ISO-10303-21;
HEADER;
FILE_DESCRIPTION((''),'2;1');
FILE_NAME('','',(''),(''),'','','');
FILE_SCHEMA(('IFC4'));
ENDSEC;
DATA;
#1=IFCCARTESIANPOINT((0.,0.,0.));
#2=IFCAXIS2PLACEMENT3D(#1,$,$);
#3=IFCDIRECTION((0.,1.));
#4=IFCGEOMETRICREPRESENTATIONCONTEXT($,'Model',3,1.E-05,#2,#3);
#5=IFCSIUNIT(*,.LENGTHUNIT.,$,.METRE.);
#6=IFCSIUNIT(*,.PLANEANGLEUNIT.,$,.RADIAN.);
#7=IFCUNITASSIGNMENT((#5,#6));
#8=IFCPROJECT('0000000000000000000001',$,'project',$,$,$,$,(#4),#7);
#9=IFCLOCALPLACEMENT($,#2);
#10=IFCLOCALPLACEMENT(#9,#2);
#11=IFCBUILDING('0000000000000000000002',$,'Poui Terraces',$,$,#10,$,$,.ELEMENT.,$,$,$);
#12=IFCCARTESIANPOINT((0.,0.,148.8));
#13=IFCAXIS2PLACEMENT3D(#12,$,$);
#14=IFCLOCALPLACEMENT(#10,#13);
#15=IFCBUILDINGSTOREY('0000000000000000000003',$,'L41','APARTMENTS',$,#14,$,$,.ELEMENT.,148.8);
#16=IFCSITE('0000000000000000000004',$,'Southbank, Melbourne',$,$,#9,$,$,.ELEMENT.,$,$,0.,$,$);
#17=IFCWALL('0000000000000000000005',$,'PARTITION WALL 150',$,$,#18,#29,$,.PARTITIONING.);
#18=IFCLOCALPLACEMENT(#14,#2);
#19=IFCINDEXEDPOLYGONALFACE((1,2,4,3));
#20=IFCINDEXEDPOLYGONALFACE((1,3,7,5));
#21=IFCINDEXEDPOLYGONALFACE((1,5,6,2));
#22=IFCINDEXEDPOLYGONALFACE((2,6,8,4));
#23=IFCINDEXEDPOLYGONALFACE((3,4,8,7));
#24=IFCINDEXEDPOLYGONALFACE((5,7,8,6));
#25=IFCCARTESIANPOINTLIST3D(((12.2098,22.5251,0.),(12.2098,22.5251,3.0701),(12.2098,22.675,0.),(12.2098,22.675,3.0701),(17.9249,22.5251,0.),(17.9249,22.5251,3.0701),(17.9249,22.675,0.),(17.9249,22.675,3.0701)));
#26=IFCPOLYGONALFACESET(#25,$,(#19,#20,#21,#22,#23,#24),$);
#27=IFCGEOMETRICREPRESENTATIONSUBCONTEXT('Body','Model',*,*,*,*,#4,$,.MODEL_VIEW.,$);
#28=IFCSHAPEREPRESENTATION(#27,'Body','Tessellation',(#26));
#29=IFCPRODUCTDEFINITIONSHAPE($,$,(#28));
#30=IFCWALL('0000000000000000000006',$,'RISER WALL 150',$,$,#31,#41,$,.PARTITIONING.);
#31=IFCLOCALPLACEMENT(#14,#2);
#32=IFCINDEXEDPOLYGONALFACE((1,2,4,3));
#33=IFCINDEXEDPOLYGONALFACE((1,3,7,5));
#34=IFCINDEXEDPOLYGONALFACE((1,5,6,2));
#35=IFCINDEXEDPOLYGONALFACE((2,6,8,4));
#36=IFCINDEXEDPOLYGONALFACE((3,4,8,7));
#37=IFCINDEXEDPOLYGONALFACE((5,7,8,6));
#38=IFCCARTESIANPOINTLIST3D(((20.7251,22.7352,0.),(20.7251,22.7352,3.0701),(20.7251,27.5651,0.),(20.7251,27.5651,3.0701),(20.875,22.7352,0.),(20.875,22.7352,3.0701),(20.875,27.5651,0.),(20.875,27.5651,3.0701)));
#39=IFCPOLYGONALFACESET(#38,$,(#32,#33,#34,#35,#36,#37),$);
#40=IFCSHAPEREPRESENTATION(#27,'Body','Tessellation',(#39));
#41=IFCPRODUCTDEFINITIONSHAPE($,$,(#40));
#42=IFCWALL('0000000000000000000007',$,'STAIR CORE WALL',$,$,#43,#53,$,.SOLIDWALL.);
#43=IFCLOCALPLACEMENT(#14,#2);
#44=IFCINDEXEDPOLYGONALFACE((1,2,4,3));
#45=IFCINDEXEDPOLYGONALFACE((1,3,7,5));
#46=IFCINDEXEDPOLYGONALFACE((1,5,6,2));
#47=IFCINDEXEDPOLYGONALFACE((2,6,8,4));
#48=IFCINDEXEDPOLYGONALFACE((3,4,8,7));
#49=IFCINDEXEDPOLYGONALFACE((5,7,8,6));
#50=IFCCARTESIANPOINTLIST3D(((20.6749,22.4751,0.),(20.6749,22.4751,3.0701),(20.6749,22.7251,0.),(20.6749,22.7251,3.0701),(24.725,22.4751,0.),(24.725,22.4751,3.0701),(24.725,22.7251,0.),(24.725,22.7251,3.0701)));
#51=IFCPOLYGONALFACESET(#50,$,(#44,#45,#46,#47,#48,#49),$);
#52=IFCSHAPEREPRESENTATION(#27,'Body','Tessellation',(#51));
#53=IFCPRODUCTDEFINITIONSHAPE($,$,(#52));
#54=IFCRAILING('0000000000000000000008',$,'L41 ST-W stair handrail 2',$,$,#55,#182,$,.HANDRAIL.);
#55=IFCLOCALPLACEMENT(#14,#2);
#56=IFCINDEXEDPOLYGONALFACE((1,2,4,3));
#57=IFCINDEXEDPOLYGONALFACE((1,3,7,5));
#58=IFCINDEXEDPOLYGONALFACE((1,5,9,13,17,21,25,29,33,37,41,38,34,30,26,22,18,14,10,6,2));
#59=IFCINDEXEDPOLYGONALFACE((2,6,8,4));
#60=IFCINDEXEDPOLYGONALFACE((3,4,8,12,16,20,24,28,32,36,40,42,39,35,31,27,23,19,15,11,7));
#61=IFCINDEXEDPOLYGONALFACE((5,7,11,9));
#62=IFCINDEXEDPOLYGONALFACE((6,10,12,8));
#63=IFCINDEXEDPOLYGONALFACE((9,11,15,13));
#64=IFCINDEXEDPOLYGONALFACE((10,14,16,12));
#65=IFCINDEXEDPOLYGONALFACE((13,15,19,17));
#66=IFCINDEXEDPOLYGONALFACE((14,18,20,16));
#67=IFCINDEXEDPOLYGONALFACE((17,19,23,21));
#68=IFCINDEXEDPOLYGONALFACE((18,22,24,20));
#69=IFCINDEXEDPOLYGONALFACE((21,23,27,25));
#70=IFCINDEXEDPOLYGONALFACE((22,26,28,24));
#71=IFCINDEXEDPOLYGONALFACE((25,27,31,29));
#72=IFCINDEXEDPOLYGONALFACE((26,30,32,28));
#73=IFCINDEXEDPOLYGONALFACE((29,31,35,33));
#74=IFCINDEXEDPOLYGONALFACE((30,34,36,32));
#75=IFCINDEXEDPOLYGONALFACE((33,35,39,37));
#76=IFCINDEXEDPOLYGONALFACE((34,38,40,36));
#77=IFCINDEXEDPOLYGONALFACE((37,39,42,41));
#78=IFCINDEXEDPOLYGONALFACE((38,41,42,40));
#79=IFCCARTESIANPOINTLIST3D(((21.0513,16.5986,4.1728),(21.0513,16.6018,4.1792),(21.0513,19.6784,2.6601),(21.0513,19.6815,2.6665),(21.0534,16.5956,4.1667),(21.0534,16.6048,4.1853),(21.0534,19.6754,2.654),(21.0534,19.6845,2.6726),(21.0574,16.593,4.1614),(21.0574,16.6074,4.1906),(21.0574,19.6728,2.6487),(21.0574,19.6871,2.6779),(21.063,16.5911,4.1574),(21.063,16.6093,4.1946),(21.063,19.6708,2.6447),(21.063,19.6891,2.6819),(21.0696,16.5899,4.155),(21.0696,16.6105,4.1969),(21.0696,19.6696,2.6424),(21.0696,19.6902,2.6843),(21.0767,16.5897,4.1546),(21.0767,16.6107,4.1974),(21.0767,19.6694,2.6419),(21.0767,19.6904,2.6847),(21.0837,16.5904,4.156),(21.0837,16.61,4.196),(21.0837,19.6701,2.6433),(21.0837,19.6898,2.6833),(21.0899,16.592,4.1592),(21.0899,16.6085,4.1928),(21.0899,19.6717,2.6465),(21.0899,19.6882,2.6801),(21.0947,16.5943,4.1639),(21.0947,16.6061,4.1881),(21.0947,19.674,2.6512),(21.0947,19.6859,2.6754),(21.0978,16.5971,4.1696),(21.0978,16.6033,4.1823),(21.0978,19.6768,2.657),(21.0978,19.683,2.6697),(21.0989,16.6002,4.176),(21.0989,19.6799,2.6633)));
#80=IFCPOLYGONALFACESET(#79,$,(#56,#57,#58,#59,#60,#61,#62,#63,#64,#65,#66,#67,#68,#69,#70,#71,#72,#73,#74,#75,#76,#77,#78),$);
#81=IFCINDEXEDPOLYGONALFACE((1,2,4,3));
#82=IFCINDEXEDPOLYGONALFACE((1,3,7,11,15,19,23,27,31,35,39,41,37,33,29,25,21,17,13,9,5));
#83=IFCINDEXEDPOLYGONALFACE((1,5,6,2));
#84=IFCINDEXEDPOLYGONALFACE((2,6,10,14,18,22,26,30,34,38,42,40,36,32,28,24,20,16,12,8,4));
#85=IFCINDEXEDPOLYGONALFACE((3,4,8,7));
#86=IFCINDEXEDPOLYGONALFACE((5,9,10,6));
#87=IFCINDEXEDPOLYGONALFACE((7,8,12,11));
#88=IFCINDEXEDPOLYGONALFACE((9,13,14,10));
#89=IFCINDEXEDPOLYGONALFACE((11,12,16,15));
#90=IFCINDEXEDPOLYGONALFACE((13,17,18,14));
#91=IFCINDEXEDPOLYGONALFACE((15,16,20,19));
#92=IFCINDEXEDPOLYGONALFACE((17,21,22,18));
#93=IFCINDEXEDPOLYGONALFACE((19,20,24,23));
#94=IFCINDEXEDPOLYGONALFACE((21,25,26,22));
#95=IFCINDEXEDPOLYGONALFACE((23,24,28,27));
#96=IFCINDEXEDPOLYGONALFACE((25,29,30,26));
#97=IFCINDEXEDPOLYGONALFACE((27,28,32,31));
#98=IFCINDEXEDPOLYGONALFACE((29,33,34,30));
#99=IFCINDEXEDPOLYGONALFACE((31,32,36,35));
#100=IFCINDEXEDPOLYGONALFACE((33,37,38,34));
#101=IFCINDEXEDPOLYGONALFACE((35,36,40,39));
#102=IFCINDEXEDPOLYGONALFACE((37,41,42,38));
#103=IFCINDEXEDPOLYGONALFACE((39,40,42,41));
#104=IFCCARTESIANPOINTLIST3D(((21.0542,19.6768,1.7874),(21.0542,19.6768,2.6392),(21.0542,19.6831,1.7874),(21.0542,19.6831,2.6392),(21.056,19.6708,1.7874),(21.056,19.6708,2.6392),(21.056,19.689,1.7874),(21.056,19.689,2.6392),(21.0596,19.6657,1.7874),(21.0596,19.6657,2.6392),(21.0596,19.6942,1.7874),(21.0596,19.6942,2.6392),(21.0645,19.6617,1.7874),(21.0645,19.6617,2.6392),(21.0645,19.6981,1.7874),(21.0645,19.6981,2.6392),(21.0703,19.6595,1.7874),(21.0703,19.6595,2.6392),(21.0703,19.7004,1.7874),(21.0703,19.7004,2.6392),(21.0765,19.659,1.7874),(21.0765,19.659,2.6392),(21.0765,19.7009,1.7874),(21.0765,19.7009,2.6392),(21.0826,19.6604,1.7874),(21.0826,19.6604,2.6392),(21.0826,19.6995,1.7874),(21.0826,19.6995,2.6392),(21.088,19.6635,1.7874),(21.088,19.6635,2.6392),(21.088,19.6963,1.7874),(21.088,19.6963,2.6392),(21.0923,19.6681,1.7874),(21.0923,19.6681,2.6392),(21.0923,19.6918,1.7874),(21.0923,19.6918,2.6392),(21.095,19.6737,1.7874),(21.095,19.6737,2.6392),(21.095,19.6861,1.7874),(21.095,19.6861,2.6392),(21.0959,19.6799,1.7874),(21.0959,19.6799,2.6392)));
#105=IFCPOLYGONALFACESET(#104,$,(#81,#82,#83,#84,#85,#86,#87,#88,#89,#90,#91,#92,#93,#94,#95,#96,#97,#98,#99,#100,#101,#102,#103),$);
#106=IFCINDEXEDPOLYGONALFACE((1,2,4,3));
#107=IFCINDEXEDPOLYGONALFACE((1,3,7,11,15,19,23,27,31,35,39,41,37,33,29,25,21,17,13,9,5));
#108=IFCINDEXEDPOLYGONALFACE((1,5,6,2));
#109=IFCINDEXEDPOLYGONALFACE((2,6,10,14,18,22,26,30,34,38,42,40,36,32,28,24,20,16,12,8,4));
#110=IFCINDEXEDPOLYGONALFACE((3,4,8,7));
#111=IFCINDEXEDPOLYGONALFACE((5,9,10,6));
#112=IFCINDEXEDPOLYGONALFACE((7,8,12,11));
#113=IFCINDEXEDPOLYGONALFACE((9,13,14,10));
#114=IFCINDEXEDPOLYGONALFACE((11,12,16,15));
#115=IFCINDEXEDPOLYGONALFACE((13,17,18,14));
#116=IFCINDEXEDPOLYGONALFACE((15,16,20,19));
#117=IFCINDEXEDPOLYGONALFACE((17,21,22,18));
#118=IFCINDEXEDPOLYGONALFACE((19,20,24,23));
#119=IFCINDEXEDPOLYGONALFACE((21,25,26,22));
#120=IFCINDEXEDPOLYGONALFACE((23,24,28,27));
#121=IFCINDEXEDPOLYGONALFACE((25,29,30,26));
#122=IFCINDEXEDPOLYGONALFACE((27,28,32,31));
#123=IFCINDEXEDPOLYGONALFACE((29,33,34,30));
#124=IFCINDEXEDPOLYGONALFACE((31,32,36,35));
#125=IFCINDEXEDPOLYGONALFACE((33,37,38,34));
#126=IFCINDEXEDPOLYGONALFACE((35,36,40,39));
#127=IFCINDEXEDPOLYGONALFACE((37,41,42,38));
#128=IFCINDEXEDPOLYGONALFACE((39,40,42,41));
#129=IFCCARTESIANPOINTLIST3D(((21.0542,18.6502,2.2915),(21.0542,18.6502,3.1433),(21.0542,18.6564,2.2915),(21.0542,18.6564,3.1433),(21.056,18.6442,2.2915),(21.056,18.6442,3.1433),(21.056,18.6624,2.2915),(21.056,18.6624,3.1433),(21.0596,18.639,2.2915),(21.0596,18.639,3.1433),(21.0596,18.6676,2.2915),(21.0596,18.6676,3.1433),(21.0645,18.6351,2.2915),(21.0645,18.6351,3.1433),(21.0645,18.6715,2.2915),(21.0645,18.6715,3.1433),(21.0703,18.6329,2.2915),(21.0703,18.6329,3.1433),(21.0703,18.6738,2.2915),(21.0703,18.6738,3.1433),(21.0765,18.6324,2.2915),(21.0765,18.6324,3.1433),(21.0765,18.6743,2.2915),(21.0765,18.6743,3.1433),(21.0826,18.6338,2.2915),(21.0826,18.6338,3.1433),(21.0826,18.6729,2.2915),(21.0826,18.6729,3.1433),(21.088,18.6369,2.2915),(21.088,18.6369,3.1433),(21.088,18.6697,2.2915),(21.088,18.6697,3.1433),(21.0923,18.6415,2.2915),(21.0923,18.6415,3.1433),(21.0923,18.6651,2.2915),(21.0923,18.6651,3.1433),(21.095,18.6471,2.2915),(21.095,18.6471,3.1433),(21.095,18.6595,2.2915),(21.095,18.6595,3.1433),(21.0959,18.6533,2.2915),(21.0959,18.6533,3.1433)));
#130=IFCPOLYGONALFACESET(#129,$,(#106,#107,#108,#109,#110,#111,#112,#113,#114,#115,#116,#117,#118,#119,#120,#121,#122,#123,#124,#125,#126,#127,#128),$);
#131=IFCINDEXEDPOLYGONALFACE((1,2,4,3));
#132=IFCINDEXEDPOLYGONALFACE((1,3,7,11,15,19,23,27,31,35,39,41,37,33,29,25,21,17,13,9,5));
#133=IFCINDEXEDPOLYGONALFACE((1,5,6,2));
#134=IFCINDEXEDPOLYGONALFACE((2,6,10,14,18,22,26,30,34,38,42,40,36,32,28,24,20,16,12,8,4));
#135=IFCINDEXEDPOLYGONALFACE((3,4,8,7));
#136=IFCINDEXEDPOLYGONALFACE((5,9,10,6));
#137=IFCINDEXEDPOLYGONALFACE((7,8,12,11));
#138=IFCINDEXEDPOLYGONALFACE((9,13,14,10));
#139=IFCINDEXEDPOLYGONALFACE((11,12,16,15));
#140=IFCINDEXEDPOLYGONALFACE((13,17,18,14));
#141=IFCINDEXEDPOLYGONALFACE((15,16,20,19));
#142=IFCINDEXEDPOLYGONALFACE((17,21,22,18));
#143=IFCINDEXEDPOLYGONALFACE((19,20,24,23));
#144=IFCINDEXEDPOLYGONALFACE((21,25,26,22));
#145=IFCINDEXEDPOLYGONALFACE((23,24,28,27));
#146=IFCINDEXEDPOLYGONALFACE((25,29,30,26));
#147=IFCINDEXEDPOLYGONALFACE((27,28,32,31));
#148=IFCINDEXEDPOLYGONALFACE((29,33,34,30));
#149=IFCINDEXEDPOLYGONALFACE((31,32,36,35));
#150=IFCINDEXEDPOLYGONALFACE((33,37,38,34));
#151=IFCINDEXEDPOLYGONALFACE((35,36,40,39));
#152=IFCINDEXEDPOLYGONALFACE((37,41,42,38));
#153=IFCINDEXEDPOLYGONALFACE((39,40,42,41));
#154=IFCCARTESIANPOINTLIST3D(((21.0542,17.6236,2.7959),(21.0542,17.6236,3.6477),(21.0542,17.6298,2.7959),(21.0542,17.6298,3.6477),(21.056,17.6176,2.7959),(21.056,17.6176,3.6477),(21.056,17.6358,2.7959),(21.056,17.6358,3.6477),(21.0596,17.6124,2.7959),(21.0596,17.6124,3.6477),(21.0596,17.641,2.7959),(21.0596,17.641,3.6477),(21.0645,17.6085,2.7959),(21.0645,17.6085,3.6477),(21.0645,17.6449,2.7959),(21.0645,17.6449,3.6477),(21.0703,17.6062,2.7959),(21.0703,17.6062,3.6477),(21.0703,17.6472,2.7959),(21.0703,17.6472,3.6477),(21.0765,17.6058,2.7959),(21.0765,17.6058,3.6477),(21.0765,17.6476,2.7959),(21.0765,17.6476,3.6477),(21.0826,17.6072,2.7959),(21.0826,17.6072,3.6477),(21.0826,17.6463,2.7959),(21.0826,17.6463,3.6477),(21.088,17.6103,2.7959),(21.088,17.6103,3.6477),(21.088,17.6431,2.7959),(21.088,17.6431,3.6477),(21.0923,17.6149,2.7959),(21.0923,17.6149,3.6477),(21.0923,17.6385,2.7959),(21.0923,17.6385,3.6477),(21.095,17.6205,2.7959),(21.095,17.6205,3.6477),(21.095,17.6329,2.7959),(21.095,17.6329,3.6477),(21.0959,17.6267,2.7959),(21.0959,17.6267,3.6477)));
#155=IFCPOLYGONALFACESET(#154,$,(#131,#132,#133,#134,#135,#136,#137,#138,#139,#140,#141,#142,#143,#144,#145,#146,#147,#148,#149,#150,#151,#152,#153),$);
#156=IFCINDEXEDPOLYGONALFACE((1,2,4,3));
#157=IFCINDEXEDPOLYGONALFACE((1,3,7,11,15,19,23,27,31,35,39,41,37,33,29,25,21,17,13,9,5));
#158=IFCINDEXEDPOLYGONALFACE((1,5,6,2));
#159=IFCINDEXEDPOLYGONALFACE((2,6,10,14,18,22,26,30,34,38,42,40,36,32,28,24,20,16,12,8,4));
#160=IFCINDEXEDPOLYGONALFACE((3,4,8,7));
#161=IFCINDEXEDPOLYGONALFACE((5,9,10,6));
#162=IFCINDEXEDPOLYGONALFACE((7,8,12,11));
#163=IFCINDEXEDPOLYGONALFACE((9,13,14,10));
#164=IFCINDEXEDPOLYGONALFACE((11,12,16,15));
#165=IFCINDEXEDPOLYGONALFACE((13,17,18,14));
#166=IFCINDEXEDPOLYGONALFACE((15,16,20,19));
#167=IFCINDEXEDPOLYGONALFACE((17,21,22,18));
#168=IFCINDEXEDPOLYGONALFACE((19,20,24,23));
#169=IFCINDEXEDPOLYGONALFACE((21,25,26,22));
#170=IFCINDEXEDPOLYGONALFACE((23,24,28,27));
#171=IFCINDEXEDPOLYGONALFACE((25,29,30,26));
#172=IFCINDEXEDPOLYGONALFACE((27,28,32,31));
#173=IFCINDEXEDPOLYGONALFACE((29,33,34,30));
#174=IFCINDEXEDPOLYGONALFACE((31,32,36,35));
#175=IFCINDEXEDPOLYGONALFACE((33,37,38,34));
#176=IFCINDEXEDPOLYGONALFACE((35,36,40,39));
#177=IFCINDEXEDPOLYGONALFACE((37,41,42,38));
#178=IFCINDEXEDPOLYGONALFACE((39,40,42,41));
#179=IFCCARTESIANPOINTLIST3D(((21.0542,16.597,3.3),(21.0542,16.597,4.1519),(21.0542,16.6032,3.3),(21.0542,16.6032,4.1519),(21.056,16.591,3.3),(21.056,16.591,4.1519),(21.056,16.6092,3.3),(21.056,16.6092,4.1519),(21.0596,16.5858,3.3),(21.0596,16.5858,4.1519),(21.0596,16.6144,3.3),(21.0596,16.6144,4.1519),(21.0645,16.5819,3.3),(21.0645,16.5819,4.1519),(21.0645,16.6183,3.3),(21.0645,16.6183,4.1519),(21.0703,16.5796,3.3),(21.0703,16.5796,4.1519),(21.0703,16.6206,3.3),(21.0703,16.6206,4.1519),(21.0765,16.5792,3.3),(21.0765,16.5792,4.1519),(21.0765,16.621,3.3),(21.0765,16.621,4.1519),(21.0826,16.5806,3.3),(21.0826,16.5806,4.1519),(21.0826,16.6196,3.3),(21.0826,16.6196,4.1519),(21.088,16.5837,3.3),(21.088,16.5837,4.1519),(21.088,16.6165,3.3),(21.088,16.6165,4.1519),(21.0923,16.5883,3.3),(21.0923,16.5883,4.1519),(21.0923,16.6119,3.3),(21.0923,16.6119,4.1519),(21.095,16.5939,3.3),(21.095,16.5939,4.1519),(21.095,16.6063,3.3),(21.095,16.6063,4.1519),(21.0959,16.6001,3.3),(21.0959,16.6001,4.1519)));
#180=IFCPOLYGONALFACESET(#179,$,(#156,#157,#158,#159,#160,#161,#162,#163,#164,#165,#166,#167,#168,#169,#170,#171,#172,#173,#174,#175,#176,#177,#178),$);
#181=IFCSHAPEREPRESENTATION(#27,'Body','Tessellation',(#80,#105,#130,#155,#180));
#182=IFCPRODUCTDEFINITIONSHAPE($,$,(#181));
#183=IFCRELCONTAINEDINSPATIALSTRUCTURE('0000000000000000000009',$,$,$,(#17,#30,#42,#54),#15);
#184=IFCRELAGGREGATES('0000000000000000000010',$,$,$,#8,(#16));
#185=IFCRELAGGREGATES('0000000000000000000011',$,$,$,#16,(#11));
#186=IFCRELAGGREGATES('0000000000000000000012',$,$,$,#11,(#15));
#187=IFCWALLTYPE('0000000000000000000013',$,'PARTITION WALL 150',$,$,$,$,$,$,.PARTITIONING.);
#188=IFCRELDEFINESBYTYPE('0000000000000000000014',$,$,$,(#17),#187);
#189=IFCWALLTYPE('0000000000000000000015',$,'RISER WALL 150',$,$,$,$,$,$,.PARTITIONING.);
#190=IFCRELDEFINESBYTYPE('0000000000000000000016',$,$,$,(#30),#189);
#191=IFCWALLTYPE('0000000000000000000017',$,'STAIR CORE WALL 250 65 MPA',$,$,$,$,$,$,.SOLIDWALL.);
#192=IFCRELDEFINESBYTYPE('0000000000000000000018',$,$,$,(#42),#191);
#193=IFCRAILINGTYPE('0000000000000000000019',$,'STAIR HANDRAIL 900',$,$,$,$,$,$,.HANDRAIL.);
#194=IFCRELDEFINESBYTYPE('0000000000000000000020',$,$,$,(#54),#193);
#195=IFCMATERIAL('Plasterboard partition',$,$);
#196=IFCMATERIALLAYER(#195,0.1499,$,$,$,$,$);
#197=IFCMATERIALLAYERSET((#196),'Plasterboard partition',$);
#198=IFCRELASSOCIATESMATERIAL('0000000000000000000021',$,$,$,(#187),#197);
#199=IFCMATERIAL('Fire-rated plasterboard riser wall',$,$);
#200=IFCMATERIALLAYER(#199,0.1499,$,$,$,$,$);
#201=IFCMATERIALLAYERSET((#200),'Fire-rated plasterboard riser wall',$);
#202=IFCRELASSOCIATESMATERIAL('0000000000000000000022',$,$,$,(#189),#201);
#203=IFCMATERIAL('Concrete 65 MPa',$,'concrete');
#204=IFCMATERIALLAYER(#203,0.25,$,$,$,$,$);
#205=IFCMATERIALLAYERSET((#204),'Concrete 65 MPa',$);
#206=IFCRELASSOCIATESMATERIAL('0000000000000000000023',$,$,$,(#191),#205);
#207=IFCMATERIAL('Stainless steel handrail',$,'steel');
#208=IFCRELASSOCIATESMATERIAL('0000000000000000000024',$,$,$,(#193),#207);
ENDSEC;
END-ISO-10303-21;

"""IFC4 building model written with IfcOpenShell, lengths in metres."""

from ifc_helpers import new_model, si_unit, direction, frame, frame_2d, origin, origin_2d, place, context, subcontext, project, spatial, rectangle, circle, extrude, material, layer, layer_set, type_object, element, save


model = new_model("IFC4")

# Units and contexts
model_context = context("Model", 3, precision=1e-05, world=origin(), true_north=direction((0.0, 1.0)))
body_context = subcontext(model_context, "Body", "Model", "MODEL_VIEW")
ifc_project = project(units=[si_unit("LENGTHUNIT", "METRE"), si_unit("PLANEANGLEUNIT", "RADIAN")], contexts=[model_context])

# Site, building, storey
site_placement = place(None, origin())
site = spatial("IfcSite", under=ifc_project, at=site_placement, Name="Southbank, Melbourne", CompositionType="ELEMENT", RefElevation=0.0)
building_placement = place(site_placement, origin())
building = spatial("IfcBuilding", under=site, at=building_placement, Name="Poui Terraces", CompositionType="ELEMENT")
storey_placement = place(building_placement, frame((0.0, 0.0, 148.8)))
storey = spatial("IfcBuildingStorey", under=building, at=storey_placement, Name="L41", Description="APARTMENTS", CompositionType="ELEMENT", Elevation=148.8)

# Walls
ifc_material_1 = material(Name="Plasterboard partition")
ifc_layer_1 = layer(ifc_material_1, 0.1499)
ifc_layer_set_1 = layer_set([ifc_layer_1], Name="Plasterboard partition")
wall_type_1 = type_object("IfcWallType", Name="PARTITION WALL 150", PredefinedType="PARTITIONING", material=ifc_layer_set_1)
wall_1_placement = place(storey_placement, frame((12.21, 22.6001, 0.0), z_axis=(0.0, 0.0, 1.0), x_axis=(1.0, 0.0, 0.0)))
element("IfcWall", 1, at=wall_1_placement, inside=storey, type_object=wall_type_1, Name="PARTITION WALL 150", PredefinedType="PARTITIONING", context=body_context, shape_type="SweptSolid", body=[
    extrude(rectangle(XDim=5.7151, YDim=0.1499, at=frame_2d((2.8574, 0.0))), origin(), (0.0, 0.0, 1.0), 3.0701),
])
ifc_material_2 = material(Name="Fire-rated plasterboard riser wall")
ifc_layer_2 = layer(ifc_material_2, 0.1499)
ifc_layer_set_2 = layer_set([ifc_layer_2], Name="Fire-rated plasterboard riser wall")
wall_type_2 = type_object("IfcWallType", Name="RISER WALL 150", PredefinedType="PARTITIONING", material=ifc_layer_set_2)
wall_2_placement = place(storey_placement, frame((20.8, 22.7351, 0.0), z_axis=(0.0, 0.0, 1.0), x_axis=(0.0, 1.0, 0.0)))
element("IfcWall", 2, at=wall_2_placement, inside=storey, type_object=wall_type_2, Name="RISER WALL 150", PredefinedType="PARTITIONING", context=body_context, shape_type="SweptSolid", body=[
    extrude(rectangle(XDim=4.8298, YDim=0.1499, at=frame_2d((2.415, 0.0))), origin(), (0.0, 0.0, 1.0), 3.0701),
])

# Shared definitions
ifc_material_3 = material(Name="Concrete 65 MPa", Category="concrete")

# Wall
ifc_layer_3 = layer(ifc_material_3, 0.25)
ifc_layer_set_3 = layer_set([ifc_layer_3], Name="Concrete 65 MPa")
wall_type_3 = type_object("IfcWallType", Name="STAIR CORE WALL 250 65 MPA", PredefinedType="SOLIDWALL", material=ifc_layer_set_3)
wall_3_placement = place(storey_placement, frame((20.675, 22.6001, 0.0), z_axis=(0.0, 0.0, 1.0), x_axis=(1.0, 0.0, 0.0)))
element("IfcWall", 3, at=wall_3_placement, inside=storey, type_object=wall_type_3, Name="STAIR CORE WALL", PredefinedType="SOLIDWALL", context=body_context, shape_type="SweptSolid", body=[
    extrude(rectangle(XDim=4.05, YDim=0.25, at=frame_2d((2.0249, 0.0))), origin(), (0.0, 0.0, 1.0), 3.0701),
])

# Railing
ifc_material_4 = material(Name="Stainless steel handrail", Category="steel")
railing_type = type_object("IfcRailingType", Name="STAIR HANDRAIL 900", PredefinedType="HANDRAIL", material=ifc_material_4)
railing_placement = place(storey_placement, frame((21.075, 19.6799, 1.7874)))
element("IfcRailing", 4, at=railing_placement, inside=storey, type_object=railing_type, Name="L41 ST-W stair handrail 2", PredefinedType="HANDRAIL", context=body_context, shape_type="SweptSolid", body=[
    extrude(circle(Radius=0.0239, at=origin_2d()), frame((0.0, 0.0, 0.876), z_axis=(0.0, -0.897578, 0.440856), x_axis=(1.0, 0.0, 0.0)), (0.0, 0.0, 1.0), 3.4312),
    extrude(circle(Radius=0.021, at=origin_2d()), origin(), (0.0, 0.0, 1.0), 0.8518),
    extrude(circle(Radius=0.021, at=origin_2d()), frame((0.0, -1.0266, 0.5042)), (0.0, 0.0, 1.0), 0.8518),
    extrude(circle(Radius=0.021, at=origin_2d()), frame((0.0, -2.0532, 1.0085)), (0.0, 0.0, 1.0), 0.8518),
    extrude(circle(Radius=0.021, at=origin_2d()), frame((0.0, -3.0798, 1.5127)), (0.0, 0.0, 1.0), 0.8518),
])

save(model, "model.ifc")
